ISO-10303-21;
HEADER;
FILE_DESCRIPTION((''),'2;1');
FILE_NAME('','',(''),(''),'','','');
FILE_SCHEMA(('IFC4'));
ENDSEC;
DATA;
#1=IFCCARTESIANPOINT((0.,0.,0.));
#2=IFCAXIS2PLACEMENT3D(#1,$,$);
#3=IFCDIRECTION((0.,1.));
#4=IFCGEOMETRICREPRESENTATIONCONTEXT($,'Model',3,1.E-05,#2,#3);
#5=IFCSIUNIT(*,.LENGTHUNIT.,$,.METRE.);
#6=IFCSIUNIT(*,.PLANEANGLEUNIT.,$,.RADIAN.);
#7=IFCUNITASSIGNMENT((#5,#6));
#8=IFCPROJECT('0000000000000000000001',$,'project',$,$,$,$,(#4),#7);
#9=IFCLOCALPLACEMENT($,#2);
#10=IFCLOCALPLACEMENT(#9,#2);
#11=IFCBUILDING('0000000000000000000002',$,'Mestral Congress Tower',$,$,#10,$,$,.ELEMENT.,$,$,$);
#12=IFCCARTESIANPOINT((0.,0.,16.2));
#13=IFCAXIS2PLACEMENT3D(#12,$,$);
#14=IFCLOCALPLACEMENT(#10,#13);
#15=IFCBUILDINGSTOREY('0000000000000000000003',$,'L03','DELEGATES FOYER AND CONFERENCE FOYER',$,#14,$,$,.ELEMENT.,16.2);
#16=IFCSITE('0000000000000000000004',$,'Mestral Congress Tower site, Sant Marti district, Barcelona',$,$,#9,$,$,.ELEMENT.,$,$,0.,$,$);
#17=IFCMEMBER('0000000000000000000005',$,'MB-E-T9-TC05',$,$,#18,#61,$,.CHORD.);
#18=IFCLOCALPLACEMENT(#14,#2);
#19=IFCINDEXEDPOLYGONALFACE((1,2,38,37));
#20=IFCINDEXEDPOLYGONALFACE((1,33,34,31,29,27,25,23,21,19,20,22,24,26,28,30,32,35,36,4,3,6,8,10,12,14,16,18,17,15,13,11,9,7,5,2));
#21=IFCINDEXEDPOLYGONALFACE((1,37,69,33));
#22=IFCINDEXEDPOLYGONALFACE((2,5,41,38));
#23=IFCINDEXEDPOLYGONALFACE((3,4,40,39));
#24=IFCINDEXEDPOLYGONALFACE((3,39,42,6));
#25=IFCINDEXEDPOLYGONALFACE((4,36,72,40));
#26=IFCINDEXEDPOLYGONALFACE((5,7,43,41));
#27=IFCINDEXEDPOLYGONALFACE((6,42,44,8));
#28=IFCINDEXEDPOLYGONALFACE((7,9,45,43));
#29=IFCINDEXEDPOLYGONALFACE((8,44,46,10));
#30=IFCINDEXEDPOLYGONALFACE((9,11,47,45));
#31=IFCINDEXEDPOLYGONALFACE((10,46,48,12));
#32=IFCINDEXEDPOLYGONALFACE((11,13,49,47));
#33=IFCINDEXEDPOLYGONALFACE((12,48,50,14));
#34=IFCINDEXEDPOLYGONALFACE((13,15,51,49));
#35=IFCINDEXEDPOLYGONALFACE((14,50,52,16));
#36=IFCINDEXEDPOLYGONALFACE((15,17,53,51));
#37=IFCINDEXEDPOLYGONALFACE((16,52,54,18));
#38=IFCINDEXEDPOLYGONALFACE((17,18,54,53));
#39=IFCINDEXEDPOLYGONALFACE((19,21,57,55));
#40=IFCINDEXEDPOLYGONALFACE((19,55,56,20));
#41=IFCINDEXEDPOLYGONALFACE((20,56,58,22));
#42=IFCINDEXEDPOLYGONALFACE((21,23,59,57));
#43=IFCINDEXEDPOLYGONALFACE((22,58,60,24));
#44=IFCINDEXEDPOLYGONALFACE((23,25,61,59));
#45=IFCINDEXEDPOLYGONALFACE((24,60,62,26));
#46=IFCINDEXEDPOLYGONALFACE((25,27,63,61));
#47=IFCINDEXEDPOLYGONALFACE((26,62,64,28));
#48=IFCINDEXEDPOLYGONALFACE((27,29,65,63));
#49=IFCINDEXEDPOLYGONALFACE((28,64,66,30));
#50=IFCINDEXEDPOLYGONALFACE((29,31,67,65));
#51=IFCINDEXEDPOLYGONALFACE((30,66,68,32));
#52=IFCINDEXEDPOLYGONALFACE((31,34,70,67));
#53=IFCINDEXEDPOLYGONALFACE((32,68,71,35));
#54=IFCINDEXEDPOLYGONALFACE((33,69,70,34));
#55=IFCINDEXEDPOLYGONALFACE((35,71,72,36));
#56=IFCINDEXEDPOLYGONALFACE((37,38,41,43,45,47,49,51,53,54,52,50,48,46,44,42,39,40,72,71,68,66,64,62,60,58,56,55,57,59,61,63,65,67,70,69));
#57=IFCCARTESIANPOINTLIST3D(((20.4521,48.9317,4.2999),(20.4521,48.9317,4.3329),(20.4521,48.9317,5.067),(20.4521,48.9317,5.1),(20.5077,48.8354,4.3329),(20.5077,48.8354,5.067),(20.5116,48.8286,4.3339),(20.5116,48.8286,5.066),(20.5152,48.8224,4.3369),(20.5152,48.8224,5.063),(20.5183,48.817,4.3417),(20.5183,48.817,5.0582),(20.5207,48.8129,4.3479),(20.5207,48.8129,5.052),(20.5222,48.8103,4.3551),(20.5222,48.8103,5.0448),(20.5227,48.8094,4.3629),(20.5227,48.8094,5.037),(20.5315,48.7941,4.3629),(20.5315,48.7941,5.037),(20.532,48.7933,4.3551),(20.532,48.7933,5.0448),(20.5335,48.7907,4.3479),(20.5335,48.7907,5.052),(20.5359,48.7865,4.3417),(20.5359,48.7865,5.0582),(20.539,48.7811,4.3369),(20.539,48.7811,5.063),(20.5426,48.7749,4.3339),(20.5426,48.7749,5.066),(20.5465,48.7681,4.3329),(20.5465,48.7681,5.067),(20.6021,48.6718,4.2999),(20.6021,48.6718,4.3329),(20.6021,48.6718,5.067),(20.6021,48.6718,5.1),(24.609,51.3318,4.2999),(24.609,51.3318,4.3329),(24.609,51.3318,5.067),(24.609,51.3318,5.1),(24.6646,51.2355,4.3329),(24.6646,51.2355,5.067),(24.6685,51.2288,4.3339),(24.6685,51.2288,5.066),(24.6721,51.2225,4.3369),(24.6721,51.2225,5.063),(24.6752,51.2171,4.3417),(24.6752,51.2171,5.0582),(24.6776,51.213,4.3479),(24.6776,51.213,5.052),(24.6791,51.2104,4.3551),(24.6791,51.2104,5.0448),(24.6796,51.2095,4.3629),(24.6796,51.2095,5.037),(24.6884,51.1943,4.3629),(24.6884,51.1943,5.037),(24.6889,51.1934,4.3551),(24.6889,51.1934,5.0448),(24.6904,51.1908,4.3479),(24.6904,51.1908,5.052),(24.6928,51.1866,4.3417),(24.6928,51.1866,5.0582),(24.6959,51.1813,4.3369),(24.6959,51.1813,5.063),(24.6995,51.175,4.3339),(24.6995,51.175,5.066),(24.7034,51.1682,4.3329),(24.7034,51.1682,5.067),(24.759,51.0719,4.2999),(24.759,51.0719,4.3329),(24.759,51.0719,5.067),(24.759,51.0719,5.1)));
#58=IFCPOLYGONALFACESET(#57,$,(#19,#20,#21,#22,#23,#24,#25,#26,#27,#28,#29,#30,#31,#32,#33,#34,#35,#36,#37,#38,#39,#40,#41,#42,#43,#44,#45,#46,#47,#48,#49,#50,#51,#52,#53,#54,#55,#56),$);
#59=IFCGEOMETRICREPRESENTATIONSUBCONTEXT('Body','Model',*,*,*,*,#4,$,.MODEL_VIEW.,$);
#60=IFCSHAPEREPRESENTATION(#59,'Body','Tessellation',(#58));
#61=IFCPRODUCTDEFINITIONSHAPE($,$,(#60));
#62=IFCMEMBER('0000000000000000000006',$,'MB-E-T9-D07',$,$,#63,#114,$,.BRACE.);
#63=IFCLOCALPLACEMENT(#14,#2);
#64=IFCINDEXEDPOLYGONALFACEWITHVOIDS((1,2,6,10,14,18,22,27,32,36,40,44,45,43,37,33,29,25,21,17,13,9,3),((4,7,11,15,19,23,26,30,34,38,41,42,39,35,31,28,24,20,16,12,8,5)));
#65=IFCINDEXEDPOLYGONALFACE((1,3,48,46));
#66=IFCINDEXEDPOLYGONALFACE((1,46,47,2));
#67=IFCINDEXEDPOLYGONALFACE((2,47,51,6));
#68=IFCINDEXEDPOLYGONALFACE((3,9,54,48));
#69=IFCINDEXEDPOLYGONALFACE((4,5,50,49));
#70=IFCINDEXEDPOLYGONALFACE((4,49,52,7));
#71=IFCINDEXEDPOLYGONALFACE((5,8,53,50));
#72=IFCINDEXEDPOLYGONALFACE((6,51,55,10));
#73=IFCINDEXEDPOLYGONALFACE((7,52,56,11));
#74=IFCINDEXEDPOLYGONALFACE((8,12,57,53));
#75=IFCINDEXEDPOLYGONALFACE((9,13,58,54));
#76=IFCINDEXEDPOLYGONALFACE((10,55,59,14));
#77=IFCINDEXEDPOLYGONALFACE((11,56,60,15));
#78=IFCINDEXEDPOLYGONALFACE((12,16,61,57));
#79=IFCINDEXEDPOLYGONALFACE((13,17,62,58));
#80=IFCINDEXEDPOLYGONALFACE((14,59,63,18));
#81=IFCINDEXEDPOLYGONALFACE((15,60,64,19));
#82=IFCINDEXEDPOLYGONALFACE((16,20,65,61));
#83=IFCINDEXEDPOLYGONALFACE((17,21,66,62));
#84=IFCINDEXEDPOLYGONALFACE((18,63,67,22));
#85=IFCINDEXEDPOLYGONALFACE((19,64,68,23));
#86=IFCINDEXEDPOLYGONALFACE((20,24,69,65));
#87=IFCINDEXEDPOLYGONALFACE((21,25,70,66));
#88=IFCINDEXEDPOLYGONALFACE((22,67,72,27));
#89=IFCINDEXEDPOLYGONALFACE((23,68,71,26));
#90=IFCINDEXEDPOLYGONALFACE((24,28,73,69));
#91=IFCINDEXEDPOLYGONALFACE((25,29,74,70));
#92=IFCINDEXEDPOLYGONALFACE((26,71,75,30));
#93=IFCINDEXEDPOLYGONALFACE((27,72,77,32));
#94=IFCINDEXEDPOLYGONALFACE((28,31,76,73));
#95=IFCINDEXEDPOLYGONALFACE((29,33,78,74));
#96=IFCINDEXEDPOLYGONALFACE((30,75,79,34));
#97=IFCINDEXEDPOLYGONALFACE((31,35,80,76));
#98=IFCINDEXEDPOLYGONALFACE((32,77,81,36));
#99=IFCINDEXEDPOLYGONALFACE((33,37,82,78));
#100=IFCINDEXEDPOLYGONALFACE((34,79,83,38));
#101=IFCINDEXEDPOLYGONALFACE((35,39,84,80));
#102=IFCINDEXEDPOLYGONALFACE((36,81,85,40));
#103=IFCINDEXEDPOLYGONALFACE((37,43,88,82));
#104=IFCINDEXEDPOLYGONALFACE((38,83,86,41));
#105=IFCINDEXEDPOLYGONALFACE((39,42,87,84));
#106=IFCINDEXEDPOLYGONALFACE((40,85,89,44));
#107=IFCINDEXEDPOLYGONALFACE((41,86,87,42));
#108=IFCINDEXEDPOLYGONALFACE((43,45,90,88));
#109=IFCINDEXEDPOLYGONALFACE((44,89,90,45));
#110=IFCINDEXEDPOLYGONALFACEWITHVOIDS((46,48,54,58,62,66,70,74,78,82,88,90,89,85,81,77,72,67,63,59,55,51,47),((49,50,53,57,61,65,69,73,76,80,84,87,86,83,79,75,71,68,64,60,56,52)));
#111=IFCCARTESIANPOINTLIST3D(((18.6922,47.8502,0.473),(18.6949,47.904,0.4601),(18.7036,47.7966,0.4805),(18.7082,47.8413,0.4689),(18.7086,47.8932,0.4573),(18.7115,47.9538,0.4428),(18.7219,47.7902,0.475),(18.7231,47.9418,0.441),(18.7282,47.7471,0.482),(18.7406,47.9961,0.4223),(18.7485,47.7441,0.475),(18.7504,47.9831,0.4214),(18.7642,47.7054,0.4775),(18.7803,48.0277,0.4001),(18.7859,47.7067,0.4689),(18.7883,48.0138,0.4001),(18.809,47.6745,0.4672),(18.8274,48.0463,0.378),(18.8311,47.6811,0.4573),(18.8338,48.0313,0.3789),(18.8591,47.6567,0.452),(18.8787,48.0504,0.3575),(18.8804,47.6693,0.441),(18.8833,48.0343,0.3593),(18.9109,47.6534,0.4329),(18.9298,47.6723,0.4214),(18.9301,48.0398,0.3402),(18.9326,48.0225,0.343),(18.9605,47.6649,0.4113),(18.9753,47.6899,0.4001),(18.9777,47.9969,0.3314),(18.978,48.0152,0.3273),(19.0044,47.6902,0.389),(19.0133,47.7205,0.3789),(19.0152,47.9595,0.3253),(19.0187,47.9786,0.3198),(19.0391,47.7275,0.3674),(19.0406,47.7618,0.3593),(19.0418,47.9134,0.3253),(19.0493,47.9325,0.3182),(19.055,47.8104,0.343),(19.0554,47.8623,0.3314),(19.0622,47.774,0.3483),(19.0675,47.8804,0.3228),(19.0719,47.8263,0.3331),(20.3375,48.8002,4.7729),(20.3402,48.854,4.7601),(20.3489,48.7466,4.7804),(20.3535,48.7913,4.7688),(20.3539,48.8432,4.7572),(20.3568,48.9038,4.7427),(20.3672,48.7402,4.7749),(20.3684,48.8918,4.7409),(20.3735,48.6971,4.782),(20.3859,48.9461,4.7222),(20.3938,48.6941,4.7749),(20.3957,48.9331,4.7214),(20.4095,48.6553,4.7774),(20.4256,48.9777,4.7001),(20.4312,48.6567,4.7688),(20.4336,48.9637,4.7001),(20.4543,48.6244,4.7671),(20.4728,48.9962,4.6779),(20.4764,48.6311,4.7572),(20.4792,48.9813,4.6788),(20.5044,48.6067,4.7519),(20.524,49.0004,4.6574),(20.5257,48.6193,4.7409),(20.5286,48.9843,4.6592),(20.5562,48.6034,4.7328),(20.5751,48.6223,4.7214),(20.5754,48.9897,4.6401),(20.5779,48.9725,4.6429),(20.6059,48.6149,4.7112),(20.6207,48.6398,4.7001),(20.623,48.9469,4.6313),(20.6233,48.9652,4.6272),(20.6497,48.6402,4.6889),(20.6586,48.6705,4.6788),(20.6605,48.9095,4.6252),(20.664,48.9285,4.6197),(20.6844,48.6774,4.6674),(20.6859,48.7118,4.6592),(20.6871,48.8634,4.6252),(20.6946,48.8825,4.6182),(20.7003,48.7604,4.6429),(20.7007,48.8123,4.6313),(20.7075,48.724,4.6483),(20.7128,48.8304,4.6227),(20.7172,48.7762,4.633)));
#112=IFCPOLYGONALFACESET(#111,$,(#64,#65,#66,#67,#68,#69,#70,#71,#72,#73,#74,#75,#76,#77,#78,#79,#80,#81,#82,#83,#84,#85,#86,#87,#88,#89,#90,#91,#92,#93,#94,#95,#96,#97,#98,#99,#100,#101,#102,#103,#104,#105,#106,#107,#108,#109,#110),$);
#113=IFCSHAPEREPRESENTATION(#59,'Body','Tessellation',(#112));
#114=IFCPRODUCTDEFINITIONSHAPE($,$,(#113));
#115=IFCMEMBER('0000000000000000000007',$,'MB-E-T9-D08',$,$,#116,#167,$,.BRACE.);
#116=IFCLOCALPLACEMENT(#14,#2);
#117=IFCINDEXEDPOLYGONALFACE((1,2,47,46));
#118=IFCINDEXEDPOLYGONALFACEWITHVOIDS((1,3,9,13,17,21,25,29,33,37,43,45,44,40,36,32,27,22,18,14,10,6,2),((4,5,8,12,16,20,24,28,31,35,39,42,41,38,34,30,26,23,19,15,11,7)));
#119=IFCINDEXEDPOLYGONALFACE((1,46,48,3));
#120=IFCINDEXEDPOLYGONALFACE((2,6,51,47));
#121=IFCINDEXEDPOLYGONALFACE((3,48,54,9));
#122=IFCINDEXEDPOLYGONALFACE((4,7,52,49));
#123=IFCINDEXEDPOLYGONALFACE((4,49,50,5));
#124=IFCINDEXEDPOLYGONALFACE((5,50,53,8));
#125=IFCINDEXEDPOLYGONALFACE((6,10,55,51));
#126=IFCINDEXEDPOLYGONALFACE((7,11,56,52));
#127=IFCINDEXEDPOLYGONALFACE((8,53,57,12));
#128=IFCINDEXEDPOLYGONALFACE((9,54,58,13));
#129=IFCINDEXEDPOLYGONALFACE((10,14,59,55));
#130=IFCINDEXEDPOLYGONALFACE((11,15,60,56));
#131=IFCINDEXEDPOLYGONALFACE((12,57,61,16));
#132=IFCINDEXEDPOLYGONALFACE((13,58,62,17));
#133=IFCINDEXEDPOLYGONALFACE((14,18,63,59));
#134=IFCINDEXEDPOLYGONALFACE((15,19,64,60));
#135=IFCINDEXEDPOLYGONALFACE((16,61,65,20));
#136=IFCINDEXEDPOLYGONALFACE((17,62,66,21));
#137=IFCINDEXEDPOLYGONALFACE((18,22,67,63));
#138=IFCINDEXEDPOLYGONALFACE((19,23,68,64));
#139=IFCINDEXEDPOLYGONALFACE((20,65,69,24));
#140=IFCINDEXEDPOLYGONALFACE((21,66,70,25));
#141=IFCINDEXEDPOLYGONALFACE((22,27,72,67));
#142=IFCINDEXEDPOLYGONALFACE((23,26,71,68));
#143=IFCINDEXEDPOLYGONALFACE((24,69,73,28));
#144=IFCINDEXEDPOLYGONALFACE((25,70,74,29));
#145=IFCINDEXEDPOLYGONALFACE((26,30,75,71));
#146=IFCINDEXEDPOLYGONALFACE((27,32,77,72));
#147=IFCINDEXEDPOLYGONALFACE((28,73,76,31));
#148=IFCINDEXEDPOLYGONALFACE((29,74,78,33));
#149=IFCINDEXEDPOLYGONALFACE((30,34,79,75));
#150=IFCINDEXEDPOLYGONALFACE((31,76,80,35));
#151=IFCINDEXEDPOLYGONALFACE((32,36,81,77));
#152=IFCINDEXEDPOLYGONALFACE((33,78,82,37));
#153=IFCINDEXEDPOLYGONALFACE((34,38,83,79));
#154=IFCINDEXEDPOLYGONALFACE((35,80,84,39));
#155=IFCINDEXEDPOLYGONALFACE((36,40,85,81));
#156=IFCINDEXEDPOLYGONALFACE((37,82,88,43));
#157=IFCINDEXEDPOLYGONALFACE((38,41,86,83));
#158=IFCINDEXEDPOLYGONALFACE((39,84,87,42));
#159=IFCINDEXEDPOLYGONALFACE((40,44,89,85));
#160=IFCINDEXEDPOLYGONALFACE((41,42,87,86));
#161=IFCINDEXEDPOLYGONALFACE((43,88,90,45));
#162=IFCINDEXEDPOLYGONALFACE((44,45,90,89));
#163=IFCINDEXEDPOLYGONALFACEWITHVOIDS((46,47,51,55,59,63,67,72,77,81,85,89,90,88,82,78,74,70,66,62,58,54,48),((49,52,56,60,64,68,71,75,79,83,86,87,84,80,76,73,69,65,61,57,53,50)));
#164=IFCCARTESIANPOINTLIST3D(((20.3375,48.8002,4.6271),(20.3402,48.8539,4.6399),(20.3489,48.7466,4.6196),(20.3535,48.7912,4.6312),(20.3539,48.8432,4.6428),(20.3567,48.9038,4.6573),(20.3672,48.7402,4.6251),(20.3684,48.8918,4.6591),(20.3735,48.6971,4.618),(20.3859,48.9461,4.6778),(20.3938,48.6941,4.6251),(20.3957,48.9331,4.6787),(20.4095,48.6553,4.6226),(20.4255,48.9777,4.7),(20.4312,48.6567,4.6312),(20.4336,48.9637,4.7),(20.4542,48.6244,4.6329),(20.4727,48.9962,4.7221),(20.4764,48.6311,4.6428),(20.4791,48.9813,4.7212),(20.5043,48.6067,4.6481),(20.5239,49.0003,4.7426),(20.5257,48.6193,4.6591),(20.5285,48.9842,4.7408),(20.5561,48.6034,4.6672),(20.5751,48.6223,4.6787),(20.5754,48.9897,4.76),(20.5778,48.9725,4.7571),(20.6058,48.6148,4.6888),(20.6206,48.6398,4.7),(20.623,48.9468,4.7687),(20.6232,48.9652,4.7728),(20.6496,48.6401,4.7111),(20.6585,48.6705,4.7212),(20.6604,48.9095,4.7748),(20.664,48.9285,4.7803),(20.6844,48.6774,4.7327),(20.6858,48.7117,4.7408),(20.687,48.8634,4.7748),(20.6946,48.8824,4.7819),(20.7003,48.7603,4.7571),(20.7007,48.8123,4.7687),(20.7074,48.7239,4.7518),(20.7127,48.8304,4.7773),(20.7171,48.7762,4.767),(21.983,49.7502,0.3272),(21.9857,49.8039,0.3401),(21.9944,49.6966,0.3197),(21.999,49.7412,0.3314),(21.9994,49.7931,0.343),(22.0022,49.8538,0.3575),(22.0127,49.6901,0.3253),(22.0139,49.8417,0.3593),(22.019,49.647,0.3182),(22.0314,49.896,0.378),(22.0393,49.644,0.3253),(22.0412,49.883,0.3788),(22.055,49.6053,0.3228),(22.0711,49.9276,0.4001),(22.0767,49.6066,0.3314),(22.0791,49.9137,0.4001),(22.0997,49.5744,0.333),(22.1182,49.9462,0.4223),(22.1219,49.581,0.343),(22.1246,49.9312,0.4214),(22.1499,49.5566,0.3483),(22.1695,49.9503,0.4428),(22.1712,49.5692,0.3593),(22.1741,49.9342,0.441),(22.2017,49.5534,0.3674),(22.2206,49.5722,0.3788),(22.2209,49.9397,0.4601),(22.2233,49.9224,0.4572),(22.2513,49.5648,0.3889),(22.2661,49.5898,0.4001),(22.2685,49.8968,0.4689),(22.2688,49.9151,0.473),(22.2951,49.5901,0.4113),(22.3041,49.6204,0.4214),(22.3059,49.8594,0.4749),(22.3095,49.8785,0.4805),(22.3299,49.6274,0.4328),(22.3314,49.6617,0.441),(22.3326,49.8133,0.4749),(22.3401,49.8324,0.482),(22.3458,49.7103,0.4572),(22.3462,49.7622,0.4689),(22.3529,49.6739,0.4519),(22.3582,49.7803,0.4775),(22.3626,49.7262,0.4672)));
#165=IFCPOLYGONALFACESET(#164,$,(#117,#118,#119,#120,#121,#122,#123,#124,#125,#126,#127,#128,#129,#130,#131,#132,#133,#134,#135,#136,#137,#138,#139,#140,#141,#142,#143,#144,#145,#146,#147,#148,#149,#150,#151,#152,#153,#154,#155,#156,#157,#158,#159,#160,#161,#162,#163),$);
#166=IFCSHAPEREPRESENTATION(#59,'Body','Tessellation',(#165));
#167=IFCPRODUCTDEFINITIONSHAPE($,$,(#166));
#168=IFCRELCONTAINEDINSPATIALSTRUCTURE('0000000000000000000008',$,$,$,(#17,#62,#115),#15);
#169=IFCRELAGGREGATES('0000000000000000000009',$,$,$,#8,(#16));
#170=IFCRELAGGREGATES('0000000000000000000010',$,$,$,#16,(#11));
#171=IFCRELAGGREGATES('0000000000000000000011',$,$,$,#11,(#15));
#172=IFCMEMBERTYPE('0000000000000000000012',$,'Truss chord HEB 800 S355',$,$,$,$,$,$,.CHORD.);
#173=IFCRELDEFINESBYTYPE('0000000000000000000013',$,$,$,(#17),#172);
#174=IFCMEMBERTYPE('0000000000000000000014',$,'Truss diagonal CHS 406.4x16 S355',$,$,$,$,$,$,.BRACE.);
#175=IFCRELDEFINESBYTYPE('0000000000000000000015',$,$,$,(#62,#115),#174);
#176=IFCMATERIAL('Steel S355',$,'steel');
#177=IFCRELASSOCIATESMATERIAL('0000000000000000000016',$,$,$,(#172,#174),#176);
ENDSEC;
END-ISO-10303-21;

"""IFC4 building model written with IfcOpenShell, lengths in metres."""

from ifc_helpers import new_model, si_unit, direction, frame, origin, origin_2d, place, context, subcontext, project, spatial, hollow_circle, i_section, extrude, material, material_profile, profile_set, type_object, element, save


model = new_model("IFC4")

# Units and contexts
model_context = context("Model", 3, precision=1e-05, world=origin(), true_north=direction((0.0, 1.0)))
body_context = subcontext(model_context, "Body", "Model", "MODEL_VIEW")
ifc_project = project(units=[si_unit("LENGTHUNIT", "METRE"), si_unit("PLANEANGLEUNIT", "RADIAN")], contexts=[model_context])

# Site, building, storey
site_placement = place(None, origin())
site = spatial("IfcSite", under=ifc_project, at=site_placement, Name="Mestral Congress Tower site, Sant Marti district, Barcelona", CompositionType="ELEMENT", RefElevation=0.0)
building_placement = place(site_placement, origin())
building = spatial("IfcBuilding", under=site, at=building_placement, Name="Mestral Congress Tower", CompositionType="ELEMENT")
storey_placement = place(building_placement, frame((0.0, 0.0, 16.2)))
storey = spatial("IfcBuildingStorey", under=building, at=storey_placement, Name="L03", Description="DELEGATES FOYER AND CONFERENCE FOYER", CompositionType="ELEMENT", Elevation=16.2)

# Shared definitions
ifc_material_1 = material(Name="Steel S355", Category="steel")

# Members
ifc_material_profile_1 = material_profile(ifc_material_1, i_section(OverallWidth=0.3, OverallDepth=0.8, WebThickness=0.0176, FlangeThickness=0.033, FilletRadius=0.03, at=origin_2d()), Name="HEB 800")
ifc_profile_set_1 = profile_set([ifc_material_profile_1], Name="Steel S355")
member_type_1 = type_object("IfcMemberType", Name="Truss chord HEB 800 S355", PredefinedType="CHORD", material=ifc_profile_set_1)
member_1_placement = place(storey_placement, frame((20.5271, 48.8018, 4.7), z_axis=(0.866015, 0.500017, 0.0), x_axis=(-0.500017, 0.866015, 0.0)))
element("IfcMember", 1, at=member_1_placement, inside=storey, type_object=member_type_1, Name="MB-E-T9-TC05", PredefinedType="CHORD", context=body_context, shape_type="SweptSolid", body=[
    extrude(i_section(OverallWidth=0.3, OverallDepth=0.8, WebThickness=0.0176, FlangeThickness=0.033, FilletRadius=0.03, at=origin_2d()), origin(), (0.0, 0.0, 1.0), 4.8),
])
ifc_material_profile_2 = material_profile(ifc_material_1, hollow_circle(Radius=0.2031, WallThickness=0.0161, at=origin_2d()), Name="CHS 406.4x16")
ifc_profile_set_2 = profile_set([ifc_material_profile_2], Name="Steel S355")
member_type_2 = type_object("IfcMemberType", Name="Truss diagonal CHS 406.4x16 S355", PredefinedType="BRACE", material=ifc_profile_set_2)
for number, where, z_axis, x_axis, name in (
    (2, (18.8818, 47.8518, 0.4001), (0.349996, 0.202082, 0.914694), (-0.500023, 0.866012, 0.0), "MB-E-T9-D07"),
    (3, (20.5271, 48.8018, 4.7), (0.350041, 0.202079, -0.914678), (-0.499967, 0.866044, 0.0), "MB-E-T9-D08"),
):
    element("IfcMember", number, at=place(storey_placement, frame(where, z_axis=z_axis, x_axis=x_axis)), inside=storey, type_object=member_type_2, Name=name, PredefinedType="BRACE", context=body_context, shape_type="SweptSolid", body=[
        extrude(hollow_circle(Radius=0.2031, WallThickness=0.0161, at=origin_2d()), origin(), (0.0, 0.0, 1.0), 4.7009),
    ])

save(model, "model.ifc")
